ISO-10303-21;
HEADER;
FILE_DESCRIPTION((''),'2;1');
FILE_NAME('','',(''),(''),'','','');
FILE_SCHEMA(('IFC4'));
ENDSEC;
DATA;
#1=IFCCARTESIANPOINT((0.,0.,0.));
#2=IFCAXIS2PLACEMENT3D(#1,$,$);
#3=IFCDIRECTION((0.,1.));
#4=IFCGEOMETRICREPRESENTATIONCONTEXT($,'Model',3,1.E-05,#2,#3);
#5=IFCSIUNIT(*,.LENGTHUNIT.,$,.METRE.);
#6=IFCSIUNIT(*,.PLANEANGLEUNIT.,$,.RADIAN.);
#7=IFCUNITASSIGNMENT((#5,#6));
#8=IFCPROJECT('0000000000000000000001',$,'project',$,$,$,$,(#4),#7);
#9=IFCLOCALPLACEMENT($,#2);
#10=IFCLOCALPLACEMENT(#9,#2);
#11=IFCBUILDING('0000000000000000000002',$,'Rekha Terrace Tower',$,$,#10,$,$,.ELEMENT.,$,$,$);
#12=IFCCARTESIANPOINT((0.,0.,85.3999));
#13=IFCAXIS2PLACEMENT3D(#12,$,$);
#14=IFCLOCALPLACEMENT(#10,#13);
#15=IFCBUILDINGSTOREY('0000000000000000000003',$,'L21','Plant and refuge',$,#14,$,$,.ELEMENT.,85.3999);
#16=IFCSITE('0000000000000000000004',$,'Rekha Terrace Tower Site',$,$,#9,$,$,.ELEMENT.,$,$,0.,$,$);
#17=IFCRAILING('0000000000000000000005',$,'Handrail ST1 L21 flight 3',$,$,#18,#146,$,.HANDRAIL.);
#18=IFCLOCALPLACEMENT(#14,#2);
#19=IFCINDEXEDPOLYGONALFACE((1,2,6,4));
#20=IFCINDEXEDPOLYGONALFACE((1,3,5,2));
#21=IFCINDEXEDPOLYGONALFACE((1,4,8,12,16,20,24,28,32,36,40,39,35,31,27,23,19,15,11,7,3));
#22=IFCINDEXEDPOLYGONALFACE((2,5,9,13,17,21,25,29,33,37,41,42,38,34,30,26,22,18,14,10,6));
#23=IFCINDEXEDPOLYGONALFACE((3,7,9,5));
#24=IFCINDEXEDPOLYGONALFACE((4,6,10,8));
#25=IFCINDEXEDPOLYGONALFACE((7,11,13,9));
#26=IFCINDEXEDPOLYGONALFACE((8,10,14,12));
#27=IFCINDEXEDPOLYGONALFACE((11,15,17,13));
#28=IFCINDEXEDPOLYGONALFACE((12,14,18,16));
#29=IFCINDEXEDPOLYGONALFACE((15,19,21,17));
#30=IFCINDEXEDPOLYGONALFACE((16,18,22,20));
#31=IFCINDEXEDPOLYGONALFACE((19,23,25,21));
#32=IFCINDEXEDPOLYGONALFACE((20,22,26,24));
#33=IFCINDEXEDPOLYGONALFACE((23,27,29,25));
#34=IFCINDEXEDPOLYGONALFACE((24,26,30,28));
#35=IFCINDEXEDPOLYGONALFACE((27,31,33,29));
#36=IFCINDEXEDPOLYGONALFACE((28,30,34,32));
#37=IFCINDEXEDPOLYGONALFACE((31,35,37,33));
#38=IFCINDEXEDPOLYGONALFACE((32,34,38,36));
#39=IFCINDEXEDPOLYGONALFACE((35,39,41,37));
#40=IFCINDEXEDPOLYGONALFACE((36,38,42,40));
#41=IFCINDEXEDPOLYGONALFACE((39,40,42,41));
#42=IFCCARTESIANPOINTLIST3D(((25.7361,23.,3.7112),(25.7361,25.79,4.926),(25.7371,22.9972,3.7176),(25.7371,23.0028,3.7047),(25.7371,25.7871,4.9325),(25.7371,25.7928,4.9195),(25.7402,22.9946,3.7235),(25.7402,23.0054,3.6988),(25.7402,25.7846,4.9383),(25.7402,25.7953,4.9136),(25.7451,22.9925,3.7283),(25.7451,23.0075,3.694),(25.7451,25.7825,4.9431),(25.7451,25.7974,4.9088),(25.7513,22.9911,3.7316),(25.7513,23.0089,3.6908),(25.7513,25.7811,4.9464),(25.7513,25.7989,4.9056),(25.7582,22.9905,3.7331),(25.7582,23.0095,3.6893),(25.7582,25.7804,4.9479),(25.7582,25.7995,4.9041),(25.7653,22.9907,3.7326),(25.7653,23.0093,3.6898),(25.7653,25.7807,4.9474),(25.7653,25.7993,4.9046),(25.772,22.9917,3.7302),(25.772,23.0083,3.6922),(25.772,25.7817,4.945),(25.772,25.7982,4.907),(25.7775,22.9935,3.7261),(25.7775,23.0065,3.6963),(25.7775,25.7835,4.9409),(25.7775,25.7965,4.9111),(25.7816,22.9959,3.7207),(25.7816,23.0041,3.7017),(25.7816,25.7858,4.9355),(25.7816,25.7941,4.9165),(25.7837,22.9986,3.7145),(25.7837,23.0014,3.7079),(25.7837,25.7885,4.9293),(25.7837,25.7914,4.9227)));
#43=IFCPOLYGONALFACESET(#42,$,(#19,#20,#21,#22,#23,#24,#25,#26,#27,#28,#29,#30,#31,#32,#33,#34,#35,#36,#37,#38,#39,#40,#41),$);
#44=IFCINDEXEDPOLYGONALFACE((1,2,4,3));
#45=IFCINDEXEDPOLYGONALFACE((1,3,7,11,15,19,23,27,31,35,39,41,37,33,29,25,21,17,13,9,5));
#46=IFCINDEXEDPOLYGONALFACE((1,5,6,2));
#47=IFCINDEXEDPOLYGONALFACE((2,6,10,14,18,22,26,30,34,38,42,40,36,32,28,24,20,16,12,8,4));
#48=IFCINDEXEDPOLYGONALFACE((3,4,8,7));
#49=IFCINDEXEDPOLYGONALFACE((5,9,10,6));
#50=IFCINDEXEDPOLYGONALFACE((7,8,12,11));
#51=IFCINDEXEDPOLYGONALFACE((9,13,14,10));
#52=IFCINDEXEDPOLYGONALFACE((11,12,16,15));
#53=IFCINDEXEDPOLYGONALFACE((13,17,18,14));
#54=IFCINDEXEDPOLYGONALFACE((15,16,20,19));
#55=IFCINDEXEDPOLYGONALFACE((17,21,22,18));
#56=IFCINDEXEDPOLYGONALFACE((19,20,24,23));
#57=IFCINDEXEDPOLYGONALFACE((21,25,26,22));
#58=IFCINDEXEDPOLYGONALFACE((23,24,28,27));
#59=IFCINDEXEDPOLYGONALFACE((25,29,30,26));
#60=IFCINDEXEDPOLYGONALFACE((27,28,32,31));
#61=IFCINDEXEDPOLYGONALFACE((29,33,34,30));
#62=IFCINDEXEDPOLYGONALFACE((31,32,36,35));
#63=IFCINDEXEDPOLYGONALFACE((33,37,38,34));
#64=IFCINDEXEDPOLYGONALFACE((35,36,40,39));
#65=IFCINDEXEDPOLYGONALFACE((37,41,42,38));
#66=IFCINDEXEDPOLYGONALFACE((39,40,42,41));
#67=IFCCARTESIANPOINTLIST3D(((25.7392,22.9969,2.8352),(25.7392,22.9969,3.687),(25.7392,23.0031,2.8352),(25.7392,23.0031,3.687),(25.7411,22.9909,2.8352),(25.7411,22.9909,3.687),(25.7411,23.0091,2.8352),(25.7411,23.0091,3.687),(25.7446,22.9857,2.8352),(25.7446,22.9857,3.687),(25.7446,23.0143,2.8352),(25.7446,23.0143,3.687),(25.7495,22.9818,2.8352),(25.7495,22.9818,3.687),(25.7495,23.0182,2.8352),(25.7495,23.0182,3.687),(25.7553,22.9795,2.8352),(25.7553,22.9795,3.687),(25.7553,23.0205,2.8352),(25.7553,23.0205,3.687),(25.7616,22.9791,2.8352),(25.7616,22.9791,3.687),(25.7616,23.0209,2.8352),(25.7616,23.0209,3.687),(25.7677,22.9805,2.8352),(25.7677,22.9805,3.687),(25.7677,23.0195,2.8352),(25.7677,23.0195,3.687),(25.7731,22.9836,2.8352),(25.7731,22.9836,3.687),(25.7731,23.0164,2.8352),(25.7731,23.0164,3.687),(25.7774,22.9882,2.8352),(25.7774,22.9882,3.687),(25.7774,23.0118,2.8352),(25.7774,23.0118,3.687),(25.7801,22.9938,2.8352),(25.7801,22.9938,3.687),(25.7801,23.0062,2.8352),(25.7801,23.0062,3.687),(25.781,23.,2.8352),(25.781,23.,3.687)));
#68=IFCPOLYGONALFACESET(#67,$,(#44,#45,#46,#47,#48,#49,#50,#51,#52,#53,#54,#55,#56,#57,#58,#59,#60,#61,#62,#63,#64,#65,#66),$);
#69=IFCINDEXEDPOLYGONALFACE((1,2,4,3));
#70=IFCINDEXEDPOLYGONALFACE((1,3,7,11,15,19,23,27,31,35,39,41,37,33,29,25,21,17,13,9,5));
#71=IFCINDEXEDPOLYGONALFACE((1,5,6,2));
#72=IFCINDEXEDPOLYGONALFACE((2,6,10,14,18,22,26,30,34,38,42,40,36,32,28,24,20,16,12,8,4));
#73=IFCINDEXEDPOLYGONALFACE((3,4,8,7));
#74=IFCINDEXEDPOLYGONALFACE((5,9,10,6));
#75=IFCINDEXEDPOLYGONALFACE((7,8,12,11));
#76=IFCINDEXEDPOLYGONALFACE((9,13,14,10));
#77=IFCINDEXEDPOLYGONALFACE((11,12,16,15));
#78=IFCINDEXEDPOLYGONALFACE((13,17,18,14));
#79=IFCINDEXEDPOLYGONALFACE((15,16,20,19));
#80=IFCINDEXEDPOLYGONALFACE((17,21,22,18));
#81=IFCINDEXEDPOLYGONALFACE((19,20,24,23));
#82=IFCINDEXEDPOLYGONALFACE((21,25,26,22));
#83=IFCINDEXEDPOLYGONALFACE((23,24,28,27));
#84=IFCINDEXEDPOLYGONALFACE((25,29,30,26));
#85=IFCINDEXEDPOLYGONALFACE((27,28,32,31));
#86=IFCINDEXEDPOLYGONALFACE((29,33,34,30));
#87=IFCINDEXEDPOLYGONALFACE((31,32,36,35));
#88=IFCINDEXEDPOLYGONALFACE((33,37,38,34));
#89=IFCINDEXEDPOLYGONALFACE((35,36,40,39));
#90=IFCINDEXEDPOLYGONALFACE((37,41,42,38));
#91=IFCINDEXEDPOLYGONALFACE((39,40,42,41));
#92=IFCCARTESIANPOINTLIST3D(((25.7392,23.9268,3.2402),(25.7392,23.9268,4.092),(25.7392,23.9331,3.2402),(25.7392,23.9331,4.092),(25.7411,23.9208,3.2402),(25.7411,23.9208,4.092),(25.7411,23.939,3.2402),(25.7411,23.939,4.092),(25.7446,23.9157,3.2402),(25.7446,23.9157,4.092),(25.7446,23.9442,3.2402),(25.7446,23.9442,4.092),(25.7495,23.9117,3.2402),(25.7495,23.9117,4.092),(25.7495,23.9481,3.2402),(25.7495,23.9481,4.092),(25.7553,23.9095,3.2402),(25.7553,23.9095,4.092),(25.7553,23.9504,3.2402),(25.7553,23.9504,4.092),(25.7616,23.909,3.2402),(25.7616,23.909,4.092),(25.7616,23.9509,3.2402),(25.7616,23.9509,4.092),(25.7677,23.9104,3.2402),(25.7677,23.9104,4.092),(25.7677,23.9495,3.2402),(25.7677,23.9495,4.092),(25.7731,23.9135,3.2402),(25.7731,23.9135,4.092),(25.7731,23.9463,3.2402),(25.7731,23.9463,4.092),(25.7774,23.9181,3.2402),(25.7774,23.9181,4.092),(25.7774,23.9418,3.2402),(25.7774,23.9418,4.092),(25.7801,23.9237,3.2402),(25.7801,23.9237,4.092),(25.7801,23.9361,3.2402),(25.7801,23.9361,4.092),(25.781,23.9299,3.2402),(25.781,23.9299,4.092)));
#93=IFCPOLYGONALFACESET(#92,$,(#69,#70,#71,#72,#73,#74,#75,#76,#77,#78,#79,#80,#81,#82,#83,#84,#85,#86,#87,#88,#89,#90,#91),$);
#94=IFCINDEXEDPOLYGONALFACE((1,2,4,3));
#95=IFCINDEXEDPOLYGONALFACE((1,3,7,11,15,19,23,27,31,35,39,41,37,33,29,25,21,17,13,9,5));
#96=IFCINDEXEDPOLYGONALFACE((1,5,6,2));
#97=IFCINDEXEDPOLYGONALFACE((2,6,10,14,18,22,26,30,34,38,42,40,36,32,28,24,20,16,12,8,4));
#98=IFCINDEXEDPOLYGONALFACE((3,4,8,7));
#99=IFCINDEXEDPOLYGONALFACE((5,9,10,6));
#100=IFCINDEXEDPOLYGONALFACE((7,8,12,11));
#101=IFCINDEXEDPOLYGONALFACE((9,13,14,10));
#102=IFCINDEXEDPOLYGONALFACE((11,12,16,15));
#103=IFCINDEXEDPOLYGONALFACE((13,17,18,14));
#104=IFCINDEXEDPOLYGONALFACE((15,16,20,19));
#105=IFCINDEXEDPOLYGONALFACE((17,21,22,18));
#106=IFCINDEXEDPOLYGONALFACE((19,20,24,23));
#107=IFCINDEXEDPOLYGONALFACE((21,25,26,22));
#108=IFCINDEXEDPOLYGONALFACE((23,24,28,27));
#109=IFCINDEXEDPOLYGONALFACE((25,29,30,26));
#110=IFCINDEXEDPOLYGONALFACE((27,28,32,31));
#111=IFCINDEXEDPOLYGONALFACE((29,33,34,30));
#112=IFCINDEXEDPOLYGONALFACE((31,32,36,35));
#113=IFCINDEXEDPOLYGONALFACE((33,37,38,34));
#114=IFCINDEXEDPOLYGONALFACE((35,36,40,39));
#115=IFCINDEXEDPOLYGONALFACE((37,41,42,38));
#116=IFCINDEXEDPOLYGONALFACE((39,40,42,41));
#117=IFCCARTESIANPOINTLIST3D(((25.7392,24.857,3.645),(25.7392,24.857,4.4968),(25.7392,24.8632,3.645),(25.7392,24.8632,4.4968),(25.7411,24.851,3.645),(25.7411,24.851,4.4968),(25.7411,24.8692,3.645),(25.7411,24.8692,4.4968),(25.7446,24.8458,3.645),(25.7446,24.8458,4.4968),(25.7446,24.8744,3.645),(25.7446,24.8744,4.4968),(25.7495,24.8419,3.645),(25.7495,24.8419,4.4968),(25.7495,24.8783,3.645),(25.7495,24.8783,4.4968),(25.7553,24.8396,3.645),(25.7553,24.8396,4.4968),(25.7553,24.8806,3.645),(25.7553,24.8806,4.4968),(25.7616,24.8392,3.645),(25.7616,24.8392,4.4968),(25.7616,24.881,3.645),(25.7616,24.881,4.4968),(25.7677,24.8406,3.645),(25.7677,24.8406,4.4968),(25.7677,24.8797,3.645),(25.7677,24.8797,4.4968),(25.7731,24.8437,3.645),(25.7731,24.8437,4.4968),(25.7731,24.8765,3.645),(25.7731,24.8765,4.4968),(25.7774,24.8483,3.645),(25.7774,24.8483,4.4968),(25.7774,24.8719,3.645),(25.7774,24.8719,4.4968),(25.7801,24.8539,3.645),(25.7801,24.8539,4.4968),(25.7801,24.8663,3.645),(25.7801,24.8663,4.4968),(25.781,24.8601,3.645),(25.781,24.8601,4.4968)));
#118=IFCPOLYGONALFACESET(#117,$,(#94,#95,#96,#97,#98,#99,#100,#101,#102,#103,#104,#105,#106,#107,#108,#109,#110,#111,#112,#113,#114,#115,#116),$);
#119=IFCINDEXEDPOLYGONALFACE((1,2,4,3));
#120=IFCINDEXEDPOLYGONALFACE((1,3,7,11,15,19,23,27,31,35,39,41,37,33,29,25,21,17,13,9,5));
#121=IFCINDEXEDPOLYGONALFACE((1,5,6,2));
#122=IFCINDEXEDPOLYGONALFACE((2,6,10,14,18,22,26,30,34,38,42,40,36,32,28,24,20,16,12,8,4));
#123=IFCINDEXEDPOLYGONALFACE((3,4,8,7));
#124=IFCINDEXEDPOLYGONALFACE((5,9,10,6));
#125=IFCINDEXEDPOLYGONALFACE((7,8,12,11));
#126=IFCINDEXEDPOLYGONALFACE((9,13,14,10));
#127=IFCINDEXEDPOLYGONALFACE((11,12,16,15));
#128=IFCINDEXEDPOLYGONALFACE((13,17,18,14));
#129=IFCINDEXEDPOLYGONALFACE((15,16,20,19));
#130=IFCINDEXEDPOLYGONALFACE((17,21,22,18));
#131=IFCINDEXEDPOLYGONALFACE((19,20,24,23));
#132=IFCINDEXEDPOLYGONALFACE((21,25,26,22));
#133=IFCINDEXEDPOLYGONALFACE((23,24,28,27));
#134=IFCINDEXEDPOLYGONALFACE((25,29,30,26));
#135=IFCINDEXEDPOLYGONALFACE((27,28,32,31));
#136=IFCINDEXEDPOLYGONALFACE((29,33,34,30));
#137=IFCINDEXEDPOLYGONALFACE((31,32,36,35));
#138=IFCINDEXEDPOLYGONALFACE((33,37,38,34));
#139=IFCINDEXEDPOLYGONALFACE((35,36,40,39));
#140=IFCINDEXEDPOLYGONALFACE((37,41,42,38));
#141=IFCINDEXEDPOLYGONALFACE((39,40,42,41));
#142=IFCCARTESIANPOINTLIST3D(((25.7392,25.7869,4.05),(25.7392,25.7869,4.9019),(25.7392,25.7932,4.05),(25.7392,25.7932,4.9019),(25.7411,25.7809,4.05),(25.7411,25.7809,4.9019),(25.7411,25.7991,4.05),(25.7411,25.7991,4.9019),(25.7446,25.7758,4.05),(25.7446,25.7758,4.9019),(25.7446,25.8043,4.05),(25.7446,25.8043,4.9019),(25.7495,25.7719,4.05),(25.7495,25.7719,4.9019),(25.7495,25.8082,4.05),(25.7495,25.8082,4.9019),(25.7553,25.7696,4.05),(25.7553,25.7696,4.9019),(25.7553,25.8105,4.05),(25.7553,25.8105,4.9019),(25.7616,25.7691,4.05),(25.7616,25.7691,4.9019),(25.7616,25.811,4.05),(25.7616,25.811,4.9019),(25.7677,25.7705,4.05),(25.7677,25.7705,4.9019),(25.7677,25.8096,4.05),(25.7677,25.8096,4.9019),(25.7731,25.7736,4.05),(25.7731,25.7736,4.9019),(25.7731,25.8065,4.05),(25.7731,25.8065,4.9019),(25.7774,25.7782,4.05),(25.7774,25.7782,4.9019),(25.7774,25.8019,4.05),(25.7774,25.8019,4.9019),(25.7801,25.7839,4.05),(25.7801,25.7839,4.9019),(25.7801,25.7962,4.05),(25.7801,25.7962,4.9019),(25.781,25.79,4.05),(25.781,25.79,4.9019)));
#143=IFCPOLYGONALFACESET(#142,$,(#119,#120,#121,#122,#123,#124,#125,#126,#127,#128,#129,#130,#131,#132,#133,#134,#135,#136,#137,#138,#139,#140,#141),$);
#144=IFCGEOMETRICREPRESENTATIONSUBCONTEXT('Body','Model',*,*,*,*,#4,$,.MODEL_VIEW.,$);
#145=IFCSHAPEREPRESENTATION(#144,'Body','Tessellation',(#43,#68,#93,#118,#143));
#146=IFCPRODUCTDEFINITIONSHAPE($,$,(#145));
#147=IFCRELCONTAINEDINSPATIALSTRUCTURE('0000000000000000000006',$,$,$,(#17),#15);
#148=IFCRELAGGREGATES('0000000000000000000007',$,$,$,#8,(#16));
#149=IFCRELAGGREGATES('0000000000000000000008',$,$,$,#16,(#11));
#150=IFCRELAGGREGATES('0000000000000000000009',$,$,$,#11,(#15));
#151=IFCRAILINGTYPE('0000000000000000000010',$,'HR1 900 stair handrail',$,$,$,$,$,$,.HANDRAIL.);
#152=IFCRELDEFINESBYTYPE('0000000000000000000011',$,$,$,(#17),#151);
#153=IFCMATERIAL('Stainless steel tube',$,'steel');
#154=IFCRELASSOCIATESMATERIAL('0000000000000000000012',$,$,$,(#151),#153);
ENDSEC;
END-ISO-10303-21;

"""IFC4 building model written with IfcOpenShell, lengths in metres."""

from ifc_helpers import new_model, si_unit, direction, frame, origin, origin_2d, place, context, subcontext, project, spatial, circle, extrude, material, type_object, element, save


model = new_model("IFC4")

# Units and contexts
model_context = context("Model", 3, precision=1e-05, world=origin(), true_north=direction((0.0, 1.0)))
body_context = subcontext(model_context, "Body", "Model", "MODEL_VIEW")
ifc_project = project(units=[si_unit("LENGTHUNIT", "METRE"), si_unit("PLANEANGLEUNIT", "RADIAN")], contexts=[model_context])

# Site, building, storey
site_placement = place(None, origin())
site = spatial("IfcSite", under=ifc_project, at=site_placement, Name="Rekha Terrace Tower Site", CompositionType="ELEMENT", RefElevation=0.0)
building_placement = place(site_placement, origin())
building = spatial("IfcBuilding", under=site, at=building_placement, Name="Rekha Terrace Tower", CompositionType="ELEMENT")
storey_placement = place(building_placement, frame((0.0, 0.0, 85.3999)))
storey = spatial("IfcBuildingStorey", under=building, at=storey_placement, Name="L21", Description="Plant and refuge", CompositionType="ELEMENT", Elevation=85.3999)

# Railing
ifc_material_1 = material(Name="Stainless steel tube", Category="steel")
railing_type_1 = type_object("IfcRailingType", Name="HR1 900 stair handrail", PredefinedType="HANDRAIL", material=ifc_material_1)
railing_1_placement = place(storey_placement, frame((25.76, 23.0, 2.8352)))
element("IfcRailing", 1, at=railing_1_placement, inside=storey, type_object=railing_type_1, Name="Handrail ST1 L21 flight 3", PredefinedType="HANDRAIL", context=body_context, shape_type="SweptSolid", body=[
    extrude(circle(Radius=0.0239, at=origin_2d()), frame((0.0, 0.0, 0.876), z_axis=(0.0, 0.916856, 0.399219), x_axis=(-1.0, 0.0, 0.0)), (0.0, 0.0, 1.0), 3.043),
    extrude(circle(Radius=0.021, at=origin_2d()), origin(), (0.0, 0.0, 1.0), 0.8518),
    extrude(circle(Radius=0.021, at=origin_2d()), frame((0.0, 0.9299, 0.405)), (0.0, 0.0, 1.0), 0.8518),
    extrude(circle(Radius=0.021, at=origin_2d()), frame((0.0, 1.8601, 0.8098)), (0.0, 0.0, 1.0), 0.8518),
    extrude(circle(Radius=0.021, at=origin_2d()), frame((0.0, 2.79, 1.2148)), (0.0, 0.0, 1.0), 0.8518),
])

save(model, "model.ifc")
